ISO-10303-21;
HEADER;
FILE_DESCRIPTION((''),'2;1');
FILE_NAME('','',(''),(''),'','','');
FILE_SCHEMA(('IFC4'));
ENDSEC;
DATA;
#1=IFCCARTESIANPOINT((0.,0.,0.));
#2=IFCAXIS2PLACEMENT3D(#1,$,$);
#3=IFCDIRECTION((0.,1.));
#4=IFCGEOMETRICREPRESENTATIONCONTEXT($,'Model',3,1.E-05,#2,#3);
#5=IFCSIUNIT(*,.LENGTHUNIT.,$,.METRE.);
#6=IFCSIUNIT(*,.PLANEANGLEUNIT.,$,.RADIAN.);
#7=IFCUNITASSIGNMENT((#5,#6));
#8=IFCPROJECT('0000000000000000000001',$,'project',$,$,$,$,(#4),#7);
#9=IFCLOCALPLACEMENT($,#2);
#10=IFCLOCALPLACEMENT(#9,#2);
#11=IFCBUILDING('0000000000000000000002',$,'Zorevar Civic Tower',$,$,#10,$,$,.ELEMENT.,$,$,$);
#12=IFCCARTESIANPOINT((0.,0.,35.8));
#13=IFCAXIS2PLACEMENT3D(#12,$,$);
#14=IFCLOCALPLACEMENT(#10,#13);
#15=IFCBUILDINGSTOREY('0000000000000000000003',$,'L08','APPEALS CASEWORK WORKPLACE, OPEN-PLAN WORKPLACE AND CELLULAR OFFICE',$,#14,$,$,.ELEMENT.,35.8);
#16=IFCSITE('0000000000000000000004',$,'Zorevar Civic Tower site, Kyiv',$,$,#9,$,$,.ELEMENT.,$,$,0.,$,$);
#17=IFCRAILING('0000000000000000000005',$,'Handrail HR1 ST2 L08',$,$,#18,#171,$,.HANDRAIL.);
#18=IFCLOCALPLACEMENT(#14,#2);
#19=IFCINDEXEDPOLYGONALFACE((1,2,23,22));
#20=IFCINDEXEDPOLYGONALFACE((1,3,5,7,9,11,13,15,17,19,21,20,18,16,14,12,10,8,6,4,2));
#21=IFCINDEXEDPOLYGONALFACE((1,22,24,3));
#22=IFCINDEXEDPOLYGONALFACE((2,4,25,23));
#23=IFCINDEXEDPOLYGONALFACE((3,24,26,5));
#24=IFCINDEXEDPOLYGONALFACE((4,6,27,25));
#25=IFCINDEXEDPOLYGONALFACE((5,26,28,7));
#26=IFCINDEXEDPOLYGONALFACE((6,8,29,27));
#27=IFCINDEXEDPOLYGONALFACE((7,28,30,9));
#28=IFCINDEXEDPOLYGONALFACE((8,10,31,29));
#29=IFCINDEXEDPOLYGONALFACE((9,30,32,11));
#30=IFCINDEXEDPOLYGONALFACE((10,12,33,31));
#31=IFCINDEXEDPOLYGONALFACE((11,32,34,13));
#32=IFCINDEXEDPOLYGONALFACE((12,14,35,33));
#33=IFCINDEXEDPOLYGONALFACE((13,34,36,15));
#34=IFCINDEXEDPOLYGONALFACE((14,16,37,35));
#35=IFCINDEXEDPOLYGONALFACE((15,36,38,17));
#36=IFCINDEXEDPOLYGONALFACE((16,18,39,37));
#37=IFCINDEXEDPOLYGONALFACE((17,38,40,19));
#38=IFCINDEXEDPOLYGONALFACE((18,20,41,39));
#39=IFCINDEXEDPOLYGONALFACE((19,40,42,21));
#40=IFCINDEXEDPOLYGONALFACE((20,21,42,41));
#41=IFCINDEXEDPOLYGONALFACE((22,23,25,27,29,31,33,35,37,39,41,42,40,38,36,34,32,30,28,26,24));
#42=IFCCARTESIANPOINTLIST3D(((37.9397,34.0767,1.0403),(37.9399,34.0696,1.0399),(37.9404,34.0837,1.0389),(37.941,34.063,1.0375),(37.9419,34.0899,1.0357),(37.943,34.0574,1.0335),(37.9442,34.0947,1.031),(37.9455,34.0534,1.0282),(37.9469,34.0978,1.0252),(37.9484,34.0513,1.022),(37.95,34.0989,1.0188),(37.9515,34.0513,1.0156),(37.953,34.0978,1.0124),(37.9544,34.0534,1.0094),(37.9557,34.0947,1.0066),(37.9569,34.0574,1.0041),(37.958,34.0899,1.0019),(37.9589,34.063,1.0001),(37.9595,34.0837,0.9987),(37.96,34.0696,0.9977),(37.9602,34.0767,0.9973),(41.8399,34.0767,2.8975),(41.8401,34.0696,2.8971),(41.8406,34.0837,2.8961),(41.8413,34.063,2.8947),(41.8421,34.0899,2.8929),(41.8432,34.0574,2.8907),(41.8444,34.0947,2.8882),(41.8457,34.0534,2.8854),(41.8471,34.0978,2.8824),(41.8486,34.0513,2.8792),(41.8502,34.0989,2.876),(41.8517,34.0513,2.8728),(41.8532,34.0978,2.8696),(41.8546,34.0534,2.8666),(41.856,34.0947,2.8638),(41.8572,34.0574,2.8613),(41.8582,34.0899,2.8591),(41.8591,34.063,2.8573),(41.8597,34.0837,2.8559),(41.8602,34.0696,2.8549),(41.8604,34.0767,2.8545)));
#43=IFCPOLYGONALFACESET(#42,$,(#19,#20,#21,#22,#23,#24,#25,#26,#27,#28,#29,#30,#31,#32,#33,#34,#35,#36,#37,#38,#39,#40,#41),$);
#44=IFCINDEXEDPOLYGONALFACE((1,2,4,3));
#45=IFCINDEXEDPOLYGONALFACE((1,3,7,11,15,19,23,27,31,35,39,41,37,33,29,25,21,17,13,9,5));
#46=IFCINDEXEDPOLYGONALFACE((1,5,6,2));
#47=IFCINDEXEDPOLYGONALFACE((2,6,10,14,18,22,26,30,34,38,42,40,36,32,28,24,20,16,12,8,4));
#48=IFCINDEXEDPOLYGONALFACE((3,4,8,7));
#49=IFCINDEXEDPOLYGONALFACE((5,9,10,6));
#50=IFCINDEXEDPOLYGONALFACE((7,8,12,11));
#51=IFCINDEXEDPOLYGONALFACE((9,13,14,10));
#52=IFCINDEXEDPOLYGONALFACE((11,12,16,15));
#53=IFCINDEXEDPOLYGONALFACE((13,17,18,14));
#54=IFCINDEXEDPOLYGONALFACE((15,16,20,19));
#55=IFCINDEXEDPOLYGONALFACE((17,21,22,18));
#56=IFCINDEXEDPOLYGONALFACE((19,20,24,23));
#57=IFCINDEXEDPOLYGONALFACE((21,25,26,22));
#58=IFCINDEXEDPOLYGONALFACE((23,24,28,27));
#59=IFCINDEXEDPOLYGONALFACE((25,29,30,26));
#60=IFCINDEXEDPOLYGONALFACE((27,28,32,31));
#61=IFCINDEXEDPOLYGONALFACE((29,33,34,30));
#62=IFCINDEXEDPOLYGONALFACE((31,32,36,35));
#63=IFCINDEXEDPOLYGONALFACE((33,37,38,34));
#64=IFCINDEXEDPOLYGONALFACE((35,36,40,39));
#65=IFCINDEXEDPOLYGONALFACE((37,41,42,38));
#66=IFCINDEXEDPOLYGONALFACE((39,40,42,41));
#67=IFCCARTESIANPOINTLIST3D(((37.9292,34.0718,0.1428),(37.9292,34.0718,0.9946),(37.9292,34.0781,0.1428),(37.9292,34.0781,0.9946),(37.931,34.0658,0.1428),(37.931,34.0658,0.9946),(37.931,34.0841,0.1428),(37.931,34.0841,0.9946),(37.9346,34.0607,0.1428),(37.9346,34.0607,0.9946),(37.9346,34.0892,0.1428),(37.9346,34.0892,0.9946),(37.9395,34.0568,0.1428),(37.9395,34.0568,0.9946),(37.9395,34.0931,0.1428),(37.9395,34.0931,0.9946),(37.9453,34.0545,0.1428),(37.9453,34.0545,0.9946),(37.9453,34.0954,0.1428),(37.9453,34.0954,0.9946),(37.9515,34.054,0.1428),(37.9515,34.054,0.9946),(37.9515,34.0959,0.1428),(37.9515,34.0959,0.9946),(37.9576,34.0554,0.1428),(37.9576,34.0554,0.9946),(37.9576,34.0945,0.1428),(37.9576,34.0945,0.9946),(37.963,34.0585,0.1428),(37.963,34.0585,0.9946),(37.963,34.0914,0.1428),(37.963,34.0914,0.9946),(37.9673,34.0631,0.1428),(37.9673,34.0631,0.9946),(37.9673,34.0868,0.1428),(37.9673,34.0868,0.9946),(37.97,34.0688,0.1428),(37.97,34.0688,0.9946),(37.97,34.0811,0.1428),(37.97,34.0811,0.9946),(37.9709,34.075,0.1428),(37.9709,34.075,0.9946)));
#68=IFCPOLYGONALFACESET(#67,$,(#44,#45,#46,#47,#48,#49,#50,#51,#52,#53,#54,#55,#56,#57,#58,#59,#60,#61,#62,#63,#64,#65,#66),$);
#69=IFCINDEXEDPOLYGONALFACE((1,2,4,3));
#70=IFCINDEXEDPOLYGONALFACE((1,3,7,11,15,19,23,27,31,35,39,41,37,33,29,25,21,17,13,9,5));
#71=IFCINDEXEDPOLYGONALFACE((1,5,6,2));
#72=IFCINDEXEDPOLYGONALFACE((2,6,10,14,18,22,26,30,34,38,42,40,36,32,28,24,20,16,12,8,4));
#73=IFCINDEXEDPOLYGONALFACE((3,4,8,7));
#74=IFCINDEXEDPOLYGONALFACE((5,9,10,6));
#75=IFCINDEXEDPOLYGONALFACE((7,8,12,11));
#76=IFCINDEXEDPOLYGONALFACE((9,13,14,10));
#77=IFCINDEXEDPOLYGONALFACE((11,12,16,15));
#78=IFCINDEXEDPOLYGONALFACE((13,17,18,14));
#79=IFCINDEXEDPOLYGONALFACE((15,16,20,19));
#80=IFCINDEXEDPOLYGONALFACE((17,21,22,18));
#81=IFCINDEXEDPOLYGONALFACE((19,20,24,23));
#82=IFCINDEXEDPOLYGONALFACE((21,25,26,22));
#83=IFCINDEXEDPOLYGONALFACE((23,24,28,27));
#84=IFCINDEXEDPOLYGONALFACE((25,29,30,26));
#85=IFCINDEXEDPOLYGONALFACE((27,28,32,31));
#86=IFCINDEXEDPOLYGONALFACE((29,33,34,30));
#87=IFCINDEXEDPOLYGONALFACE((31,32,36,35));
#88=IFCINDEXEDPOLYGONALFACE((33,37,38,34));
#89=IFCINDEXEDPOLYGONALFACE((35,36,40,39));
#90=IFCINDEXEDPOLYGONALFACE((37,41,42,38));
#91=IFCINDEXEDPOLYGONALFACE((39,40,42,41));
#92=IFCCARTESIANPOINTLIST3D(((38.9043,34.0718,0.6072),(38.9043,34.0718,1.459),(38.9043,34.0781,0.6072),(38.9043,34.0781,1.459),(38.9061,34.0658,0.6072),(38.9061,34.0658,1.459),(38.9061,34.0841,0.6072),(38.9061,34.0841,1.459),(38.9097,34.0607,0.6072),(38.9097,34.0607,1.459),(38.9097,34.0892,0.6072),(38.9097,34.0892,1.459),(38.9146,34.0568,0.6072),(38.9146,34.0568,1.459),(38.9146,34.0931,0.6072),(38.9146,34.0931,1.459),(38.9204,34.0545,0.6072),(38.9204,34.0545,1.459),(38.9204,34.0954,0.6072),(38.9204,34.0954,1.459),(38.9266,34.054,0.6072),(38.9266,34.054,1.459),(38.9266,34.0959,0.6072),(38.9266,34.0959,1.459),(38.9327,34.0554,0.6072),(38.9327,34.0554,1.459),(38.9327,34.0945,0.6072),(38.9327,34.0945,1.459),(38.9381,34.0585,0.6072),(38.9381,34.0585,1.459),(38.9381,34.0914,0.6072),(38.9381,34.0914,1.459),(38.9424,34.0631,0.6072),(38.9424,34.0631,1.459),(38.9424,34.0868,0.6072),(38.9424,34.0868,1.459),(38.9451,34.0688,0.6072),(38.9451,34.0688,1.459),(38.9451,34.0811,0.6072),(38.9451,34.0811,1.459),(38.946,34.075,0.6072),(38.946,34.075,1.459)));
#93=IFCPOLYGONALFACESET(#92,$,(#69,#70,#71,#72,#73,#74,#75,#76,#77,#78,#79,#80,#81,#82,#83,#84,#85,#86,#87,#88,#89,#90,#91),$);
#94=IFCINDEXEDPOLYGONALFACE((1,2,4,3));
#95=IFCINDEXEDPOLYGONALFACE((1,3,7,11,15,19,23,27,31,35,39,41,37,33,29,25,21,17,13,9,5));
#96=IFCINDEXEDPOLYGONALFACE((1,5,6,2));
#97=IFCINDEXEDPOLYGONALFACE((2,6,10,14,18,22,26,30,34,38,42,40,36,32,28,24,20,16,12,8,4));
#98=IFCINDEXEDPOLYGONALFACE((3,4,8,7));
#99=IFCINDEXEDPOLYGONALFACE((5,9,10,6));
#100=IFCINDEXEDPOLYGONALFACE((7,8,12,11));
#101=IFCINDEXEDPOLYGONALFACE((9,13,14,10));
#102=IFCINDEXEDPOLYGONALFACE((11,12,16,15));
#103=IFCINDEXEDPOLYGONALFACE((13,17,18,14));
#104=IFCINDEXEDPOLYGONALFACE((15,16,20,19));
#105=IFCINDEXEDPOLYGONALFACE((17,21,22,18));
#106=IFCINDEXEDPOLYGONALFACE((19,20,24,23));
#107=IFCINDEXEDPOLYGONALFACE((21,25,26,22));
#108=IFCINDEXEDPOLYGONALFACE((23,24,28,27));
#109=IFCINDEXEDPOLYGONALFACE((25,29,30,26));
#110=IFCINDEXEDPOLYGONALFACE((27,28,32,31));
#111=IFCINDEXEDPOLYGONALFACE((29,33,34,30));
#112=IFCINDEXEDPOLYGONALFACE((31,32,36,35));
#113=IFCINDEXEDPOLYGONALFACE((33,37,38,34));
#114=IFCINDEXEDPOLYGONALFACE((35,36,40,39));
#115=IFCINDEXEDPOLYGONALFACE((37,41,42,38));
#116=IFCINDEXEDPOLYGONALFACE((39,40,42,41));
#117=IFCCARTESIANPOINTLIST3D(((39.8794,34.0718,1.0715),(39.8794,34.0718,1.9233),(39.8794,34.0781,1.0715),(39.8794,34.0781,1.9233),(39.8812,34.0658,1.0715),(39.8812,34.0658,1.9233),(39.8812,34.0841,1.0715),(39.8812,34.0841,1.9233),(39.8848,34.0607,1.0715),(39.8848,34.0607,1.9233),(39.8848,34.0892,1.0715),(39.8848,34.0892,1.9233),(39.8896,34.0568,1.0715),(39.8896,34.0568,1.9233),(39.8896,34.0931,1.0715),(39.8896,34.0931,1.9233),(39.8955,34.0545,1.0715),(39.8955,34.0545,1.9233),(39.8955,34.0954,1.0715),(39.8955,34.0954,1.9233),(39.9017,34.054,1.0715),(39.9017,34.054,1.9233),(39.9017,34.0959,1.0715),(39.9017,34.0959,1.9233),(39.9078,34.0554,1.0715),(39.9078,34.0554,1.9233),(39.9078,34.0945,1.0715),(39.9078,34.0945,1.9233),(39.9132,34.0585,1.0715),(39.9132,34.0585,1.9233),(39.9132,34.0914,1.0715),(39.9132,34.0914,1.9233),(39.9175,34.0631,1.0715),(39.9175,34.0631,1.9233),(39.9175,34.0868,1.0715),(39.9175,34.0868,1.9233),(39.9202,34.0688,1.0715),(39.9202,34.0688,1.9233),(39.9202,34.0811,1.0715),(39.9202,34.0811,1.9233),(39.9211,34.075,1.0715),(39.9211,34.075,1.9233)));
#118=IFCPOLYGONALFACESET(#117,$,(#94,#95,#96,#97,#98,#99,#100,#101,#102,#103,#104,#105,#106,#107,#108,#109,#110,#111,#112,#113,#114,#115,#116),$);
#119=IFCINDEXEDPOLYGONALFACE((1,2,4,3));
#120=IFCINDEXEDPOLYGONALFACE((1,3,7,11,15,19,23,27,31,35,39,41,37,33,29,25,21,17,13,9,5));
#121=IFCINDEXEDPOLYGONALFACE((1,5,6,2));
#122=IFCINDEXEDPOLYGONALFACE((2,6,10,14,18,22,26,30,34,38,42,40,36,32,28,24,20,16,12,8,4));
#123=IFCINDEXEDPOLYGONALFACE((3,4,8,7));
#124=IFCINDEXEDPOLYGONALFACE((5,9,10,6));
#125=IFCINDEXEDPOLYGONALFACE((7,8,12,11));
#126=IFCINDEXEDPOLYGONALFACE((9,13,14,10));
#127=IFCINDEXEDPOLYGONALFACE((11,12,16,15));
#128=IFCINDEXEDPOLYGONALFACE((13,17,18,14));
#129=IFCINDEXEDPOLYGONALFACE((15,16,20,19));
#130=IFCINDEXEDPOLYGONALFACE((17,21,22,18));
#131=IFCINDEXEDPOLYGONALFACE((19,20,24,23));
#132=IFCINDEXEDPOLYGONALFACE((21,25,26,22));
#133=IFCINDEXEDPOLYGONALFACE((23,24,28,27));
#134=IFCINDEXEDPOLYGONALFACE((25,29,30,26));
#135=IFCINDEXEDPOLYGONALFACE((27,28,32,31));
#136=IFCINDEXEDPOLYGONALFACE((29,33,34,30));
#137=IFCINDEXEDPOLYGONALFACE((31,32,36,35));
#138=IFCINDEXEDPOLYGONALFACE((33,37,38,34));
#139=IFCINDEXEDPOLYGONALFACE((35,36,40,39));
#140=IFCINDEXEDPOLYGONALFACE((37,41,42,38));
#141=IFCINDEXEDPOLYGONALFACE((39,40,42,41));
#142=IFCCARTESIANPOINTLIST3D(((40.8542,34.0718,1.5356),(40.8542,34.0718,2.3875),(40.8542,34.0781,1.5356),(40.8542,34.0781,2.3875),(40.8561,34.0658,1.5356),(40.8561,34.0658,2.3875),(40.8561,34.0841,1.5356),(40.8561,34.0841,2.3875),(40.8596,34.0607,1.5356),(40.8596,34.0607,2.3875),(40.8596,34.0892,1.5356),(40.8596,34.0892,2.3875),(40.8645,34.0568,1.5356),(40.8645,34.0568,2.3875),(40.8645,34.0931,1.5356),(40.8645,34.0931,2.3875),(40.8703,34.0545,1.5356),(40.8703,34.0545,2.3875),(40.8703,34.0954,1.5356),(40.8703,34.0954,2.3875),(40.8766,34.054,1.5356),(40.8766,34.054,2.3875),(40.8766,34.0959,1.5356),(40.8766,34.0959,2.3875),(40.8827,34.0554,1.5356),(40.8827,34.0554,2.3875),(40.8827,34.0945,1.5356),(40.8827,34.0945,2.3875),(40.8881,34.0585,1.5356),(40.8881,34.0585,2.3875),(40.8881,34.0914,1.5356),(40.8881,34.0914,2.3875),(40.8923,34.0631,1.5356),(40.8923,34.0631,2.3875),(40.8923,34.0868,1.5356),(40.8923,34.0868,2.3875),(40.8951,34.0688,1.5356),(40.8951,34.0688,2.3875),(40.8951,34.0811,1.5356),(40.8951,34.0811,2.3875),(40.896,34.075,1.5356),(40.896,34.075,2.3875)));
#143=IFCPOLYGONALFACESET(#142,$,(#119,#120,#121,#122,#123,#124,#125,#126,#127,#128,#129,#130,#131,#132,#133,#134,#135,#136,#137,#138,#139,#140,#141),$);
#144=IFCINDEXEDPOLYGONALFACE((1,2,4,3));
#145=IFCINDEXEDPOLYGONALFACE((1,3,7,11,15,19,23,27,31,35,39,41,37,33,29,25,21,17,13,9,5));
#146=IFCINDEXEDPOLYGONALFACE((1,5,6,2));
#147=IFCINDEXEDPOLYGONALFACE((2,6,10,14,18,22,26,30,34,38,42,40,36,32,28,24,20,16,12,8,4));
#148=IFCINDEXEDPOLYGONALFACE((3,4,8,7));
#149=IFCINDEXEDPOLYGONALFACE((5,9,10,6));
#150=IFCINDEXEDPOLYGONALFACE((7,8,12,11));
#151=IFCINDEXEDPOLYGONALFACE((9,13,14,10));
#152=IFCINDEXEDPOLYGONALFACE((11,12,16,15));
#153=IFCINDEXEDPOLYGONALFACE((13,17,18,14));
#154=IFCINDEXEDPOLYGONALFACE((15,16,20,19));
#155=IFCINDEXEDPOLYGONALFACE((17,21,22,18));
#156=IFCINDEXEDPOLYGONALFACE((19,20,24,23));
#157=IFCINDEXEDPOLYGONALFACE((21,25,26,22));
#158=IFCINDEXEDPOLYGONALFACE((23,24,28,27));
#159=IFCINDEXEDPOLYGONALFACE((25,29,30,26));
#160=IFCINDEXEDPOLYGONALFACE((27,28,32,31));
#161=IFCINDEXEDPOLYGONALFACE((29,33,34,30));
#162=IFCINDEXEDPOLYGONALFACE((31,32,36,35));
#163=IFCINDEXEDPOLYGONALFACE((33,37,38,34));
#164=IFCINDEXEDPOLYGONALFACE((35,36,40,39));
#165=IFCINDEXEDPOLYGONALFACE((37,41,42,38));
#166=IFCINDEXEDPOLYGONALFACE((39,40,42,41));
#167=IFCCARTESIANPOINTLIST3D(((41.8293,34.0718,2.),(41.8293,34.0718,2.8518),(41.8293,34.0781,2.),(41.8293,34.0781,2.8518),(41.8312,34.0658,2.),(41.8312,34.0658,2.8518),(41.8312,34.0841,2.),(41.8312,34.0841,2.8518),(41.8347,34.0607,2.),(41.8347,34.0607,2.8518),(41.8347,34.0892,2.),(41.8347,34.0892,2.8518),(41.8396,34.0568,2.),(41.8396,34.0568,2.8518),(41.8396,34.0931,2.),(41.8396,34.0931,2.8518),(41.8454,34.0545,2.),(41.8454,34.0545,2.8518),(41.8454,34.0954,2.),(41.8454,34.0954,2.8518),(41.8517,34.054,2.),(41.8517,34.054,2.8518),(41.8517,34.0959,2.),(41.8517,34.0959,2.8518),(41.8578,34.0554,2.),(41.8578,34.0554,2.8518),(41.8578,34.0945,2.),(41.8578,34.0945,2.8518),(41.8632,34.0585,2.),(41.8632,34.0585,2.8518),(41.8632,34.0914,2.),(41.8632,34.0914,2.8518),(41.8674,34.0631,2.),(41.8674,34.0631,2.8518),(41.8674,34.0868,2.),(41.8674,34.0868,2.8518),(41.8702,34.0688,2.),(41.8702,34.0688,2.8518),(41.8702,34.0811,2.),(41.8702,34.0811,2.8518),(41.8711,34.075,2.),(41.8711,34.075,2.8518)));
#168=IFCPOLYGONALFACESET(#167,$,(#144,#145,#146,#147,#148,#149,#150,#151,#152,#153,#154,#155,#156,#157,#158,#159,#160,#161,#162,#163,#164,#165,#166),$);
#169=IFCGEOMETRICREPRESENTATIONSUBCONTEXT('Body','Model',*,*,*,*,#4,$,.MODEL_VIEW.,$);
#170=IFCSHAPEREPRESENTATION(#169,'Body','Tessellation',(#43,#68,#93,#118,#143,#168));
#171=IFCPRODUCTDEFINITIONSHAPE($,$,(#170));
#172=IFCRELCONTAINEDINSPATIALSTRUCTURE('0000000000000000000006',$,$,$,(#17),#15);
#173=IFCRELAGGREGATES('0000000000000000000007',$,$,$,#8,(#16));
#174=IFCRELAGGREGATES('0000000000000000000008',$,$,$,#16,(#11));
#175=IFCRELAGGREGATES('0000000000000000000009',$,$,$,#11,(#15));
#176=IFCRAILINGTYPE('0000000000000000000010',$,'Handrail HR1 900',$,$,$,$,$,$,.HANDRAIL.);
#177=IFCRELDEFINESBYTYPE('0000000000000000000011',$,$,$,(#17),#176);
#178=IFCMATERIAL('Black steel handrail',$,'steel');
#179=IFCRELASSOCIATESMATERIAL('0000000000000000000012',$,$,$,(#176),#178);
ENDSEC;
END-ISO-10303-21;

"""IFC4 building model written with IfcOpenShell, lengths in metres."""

from ifc_helpers import new_model, si_unit, direction, frame, origin, origin_2d, place, context, subcontext, project, spatial, circle, extrude, material, type_object, element, save


model = new_model("IFC4")

# Units and contexts
model_context = context("Model", 3, precision=1e-05, world=origin(), true_north=direction((0.0, 1.0)))
body_context = subcontext(model_context, "Body", "Model", "MODEL_VIEW")
ifc_project = project(units=[si_unit("LENGTHUNIT", "METRE"), si_unit("PLANEANGLEUNIT", "RADIAN")], contexts=[model_context])

# Site, building, storey
site_placement = place(None, origin())
site = spatial("IfcSite", under=ifc_project, at=site_placement, Name="Zorevar Civic Tower site, Kyiv", CompositionType="ELEMENT", RefElevation=0.0)
building_placement = place(site_placement, origin())
building = spatial("IfcBuilding", under=site, at=building_placement, Name="Zorevar Civic Tower", CompositionType="ELEMENT")
storey_placement = place(building_placement, frame((0.0, 0.0, 35.8)))
storey = spatial("IfcBuildingStorey", under=building, at=storey_placement, Name="L08", Description="APPEALS CASEWORK WORKPLACE, OPEN-PLAN WORKPLACE AND CELLULAR OFFICE", CompositionType="ELEMENT", Elevation=35.8)

# Railing
ifc_material_1 = material(Name="Black steel handrail", Category="steel")
railing_type = type_object("IfcRailingType", Name="Handrail HR1 900", PredefinedType="HANDRAIL", material=ifc_material_1)
railing_1_placement = place(storey_placement, frame((37.95, 34.075, 0.1428)))
element("IfcRailing", 1, at=railing_1_placement, inside=storey, type_object=railing_type, Name="Handrail HR1 ST2 L08", PredefinedType="HANDRAIL", context=body_context, shape_type="SweptSolid", body=[
    extrude(circle(Radius=0.0239, at=origin_2d()), frame((0.0, 0.0, 0.876), z_axis=(0.902864, 0.0, 0.429927), x_axis=(0.0, 1.0, 0.0)), (0.0, 0.0, 1.0), 4.3198),
    extrude(circle(Radius=0.021, at=origin_2d()), origin(), (0.0, 0.0, 1.0), 0.8518),
    extrude(circle(Radius=0.021, at=origin_2d()), frame((0.9751, 0.0, 0.4644)), (0.0, 0.0, 1.0), 0.8518),
    extrude(circle(Radius=0.021, at=origin_2d()), frame((1.9502, 0.0, 0.9287)), (0.0, 0.0, 1.0), 0.8518),
    extrude(circle(Radius=0.021, at=origin_2d()), frame((2.925, 0.0, 1.3928)), (0.0, 0.0, 1.0), 0.8518),
    extrude(circle(Radius=0.021, at=origin_2d()), frame((3.9001, 0.0, 1.8572)), (0.0, 0.0, 1.0), 0.8518),
])

save(model, "model.ifc")
